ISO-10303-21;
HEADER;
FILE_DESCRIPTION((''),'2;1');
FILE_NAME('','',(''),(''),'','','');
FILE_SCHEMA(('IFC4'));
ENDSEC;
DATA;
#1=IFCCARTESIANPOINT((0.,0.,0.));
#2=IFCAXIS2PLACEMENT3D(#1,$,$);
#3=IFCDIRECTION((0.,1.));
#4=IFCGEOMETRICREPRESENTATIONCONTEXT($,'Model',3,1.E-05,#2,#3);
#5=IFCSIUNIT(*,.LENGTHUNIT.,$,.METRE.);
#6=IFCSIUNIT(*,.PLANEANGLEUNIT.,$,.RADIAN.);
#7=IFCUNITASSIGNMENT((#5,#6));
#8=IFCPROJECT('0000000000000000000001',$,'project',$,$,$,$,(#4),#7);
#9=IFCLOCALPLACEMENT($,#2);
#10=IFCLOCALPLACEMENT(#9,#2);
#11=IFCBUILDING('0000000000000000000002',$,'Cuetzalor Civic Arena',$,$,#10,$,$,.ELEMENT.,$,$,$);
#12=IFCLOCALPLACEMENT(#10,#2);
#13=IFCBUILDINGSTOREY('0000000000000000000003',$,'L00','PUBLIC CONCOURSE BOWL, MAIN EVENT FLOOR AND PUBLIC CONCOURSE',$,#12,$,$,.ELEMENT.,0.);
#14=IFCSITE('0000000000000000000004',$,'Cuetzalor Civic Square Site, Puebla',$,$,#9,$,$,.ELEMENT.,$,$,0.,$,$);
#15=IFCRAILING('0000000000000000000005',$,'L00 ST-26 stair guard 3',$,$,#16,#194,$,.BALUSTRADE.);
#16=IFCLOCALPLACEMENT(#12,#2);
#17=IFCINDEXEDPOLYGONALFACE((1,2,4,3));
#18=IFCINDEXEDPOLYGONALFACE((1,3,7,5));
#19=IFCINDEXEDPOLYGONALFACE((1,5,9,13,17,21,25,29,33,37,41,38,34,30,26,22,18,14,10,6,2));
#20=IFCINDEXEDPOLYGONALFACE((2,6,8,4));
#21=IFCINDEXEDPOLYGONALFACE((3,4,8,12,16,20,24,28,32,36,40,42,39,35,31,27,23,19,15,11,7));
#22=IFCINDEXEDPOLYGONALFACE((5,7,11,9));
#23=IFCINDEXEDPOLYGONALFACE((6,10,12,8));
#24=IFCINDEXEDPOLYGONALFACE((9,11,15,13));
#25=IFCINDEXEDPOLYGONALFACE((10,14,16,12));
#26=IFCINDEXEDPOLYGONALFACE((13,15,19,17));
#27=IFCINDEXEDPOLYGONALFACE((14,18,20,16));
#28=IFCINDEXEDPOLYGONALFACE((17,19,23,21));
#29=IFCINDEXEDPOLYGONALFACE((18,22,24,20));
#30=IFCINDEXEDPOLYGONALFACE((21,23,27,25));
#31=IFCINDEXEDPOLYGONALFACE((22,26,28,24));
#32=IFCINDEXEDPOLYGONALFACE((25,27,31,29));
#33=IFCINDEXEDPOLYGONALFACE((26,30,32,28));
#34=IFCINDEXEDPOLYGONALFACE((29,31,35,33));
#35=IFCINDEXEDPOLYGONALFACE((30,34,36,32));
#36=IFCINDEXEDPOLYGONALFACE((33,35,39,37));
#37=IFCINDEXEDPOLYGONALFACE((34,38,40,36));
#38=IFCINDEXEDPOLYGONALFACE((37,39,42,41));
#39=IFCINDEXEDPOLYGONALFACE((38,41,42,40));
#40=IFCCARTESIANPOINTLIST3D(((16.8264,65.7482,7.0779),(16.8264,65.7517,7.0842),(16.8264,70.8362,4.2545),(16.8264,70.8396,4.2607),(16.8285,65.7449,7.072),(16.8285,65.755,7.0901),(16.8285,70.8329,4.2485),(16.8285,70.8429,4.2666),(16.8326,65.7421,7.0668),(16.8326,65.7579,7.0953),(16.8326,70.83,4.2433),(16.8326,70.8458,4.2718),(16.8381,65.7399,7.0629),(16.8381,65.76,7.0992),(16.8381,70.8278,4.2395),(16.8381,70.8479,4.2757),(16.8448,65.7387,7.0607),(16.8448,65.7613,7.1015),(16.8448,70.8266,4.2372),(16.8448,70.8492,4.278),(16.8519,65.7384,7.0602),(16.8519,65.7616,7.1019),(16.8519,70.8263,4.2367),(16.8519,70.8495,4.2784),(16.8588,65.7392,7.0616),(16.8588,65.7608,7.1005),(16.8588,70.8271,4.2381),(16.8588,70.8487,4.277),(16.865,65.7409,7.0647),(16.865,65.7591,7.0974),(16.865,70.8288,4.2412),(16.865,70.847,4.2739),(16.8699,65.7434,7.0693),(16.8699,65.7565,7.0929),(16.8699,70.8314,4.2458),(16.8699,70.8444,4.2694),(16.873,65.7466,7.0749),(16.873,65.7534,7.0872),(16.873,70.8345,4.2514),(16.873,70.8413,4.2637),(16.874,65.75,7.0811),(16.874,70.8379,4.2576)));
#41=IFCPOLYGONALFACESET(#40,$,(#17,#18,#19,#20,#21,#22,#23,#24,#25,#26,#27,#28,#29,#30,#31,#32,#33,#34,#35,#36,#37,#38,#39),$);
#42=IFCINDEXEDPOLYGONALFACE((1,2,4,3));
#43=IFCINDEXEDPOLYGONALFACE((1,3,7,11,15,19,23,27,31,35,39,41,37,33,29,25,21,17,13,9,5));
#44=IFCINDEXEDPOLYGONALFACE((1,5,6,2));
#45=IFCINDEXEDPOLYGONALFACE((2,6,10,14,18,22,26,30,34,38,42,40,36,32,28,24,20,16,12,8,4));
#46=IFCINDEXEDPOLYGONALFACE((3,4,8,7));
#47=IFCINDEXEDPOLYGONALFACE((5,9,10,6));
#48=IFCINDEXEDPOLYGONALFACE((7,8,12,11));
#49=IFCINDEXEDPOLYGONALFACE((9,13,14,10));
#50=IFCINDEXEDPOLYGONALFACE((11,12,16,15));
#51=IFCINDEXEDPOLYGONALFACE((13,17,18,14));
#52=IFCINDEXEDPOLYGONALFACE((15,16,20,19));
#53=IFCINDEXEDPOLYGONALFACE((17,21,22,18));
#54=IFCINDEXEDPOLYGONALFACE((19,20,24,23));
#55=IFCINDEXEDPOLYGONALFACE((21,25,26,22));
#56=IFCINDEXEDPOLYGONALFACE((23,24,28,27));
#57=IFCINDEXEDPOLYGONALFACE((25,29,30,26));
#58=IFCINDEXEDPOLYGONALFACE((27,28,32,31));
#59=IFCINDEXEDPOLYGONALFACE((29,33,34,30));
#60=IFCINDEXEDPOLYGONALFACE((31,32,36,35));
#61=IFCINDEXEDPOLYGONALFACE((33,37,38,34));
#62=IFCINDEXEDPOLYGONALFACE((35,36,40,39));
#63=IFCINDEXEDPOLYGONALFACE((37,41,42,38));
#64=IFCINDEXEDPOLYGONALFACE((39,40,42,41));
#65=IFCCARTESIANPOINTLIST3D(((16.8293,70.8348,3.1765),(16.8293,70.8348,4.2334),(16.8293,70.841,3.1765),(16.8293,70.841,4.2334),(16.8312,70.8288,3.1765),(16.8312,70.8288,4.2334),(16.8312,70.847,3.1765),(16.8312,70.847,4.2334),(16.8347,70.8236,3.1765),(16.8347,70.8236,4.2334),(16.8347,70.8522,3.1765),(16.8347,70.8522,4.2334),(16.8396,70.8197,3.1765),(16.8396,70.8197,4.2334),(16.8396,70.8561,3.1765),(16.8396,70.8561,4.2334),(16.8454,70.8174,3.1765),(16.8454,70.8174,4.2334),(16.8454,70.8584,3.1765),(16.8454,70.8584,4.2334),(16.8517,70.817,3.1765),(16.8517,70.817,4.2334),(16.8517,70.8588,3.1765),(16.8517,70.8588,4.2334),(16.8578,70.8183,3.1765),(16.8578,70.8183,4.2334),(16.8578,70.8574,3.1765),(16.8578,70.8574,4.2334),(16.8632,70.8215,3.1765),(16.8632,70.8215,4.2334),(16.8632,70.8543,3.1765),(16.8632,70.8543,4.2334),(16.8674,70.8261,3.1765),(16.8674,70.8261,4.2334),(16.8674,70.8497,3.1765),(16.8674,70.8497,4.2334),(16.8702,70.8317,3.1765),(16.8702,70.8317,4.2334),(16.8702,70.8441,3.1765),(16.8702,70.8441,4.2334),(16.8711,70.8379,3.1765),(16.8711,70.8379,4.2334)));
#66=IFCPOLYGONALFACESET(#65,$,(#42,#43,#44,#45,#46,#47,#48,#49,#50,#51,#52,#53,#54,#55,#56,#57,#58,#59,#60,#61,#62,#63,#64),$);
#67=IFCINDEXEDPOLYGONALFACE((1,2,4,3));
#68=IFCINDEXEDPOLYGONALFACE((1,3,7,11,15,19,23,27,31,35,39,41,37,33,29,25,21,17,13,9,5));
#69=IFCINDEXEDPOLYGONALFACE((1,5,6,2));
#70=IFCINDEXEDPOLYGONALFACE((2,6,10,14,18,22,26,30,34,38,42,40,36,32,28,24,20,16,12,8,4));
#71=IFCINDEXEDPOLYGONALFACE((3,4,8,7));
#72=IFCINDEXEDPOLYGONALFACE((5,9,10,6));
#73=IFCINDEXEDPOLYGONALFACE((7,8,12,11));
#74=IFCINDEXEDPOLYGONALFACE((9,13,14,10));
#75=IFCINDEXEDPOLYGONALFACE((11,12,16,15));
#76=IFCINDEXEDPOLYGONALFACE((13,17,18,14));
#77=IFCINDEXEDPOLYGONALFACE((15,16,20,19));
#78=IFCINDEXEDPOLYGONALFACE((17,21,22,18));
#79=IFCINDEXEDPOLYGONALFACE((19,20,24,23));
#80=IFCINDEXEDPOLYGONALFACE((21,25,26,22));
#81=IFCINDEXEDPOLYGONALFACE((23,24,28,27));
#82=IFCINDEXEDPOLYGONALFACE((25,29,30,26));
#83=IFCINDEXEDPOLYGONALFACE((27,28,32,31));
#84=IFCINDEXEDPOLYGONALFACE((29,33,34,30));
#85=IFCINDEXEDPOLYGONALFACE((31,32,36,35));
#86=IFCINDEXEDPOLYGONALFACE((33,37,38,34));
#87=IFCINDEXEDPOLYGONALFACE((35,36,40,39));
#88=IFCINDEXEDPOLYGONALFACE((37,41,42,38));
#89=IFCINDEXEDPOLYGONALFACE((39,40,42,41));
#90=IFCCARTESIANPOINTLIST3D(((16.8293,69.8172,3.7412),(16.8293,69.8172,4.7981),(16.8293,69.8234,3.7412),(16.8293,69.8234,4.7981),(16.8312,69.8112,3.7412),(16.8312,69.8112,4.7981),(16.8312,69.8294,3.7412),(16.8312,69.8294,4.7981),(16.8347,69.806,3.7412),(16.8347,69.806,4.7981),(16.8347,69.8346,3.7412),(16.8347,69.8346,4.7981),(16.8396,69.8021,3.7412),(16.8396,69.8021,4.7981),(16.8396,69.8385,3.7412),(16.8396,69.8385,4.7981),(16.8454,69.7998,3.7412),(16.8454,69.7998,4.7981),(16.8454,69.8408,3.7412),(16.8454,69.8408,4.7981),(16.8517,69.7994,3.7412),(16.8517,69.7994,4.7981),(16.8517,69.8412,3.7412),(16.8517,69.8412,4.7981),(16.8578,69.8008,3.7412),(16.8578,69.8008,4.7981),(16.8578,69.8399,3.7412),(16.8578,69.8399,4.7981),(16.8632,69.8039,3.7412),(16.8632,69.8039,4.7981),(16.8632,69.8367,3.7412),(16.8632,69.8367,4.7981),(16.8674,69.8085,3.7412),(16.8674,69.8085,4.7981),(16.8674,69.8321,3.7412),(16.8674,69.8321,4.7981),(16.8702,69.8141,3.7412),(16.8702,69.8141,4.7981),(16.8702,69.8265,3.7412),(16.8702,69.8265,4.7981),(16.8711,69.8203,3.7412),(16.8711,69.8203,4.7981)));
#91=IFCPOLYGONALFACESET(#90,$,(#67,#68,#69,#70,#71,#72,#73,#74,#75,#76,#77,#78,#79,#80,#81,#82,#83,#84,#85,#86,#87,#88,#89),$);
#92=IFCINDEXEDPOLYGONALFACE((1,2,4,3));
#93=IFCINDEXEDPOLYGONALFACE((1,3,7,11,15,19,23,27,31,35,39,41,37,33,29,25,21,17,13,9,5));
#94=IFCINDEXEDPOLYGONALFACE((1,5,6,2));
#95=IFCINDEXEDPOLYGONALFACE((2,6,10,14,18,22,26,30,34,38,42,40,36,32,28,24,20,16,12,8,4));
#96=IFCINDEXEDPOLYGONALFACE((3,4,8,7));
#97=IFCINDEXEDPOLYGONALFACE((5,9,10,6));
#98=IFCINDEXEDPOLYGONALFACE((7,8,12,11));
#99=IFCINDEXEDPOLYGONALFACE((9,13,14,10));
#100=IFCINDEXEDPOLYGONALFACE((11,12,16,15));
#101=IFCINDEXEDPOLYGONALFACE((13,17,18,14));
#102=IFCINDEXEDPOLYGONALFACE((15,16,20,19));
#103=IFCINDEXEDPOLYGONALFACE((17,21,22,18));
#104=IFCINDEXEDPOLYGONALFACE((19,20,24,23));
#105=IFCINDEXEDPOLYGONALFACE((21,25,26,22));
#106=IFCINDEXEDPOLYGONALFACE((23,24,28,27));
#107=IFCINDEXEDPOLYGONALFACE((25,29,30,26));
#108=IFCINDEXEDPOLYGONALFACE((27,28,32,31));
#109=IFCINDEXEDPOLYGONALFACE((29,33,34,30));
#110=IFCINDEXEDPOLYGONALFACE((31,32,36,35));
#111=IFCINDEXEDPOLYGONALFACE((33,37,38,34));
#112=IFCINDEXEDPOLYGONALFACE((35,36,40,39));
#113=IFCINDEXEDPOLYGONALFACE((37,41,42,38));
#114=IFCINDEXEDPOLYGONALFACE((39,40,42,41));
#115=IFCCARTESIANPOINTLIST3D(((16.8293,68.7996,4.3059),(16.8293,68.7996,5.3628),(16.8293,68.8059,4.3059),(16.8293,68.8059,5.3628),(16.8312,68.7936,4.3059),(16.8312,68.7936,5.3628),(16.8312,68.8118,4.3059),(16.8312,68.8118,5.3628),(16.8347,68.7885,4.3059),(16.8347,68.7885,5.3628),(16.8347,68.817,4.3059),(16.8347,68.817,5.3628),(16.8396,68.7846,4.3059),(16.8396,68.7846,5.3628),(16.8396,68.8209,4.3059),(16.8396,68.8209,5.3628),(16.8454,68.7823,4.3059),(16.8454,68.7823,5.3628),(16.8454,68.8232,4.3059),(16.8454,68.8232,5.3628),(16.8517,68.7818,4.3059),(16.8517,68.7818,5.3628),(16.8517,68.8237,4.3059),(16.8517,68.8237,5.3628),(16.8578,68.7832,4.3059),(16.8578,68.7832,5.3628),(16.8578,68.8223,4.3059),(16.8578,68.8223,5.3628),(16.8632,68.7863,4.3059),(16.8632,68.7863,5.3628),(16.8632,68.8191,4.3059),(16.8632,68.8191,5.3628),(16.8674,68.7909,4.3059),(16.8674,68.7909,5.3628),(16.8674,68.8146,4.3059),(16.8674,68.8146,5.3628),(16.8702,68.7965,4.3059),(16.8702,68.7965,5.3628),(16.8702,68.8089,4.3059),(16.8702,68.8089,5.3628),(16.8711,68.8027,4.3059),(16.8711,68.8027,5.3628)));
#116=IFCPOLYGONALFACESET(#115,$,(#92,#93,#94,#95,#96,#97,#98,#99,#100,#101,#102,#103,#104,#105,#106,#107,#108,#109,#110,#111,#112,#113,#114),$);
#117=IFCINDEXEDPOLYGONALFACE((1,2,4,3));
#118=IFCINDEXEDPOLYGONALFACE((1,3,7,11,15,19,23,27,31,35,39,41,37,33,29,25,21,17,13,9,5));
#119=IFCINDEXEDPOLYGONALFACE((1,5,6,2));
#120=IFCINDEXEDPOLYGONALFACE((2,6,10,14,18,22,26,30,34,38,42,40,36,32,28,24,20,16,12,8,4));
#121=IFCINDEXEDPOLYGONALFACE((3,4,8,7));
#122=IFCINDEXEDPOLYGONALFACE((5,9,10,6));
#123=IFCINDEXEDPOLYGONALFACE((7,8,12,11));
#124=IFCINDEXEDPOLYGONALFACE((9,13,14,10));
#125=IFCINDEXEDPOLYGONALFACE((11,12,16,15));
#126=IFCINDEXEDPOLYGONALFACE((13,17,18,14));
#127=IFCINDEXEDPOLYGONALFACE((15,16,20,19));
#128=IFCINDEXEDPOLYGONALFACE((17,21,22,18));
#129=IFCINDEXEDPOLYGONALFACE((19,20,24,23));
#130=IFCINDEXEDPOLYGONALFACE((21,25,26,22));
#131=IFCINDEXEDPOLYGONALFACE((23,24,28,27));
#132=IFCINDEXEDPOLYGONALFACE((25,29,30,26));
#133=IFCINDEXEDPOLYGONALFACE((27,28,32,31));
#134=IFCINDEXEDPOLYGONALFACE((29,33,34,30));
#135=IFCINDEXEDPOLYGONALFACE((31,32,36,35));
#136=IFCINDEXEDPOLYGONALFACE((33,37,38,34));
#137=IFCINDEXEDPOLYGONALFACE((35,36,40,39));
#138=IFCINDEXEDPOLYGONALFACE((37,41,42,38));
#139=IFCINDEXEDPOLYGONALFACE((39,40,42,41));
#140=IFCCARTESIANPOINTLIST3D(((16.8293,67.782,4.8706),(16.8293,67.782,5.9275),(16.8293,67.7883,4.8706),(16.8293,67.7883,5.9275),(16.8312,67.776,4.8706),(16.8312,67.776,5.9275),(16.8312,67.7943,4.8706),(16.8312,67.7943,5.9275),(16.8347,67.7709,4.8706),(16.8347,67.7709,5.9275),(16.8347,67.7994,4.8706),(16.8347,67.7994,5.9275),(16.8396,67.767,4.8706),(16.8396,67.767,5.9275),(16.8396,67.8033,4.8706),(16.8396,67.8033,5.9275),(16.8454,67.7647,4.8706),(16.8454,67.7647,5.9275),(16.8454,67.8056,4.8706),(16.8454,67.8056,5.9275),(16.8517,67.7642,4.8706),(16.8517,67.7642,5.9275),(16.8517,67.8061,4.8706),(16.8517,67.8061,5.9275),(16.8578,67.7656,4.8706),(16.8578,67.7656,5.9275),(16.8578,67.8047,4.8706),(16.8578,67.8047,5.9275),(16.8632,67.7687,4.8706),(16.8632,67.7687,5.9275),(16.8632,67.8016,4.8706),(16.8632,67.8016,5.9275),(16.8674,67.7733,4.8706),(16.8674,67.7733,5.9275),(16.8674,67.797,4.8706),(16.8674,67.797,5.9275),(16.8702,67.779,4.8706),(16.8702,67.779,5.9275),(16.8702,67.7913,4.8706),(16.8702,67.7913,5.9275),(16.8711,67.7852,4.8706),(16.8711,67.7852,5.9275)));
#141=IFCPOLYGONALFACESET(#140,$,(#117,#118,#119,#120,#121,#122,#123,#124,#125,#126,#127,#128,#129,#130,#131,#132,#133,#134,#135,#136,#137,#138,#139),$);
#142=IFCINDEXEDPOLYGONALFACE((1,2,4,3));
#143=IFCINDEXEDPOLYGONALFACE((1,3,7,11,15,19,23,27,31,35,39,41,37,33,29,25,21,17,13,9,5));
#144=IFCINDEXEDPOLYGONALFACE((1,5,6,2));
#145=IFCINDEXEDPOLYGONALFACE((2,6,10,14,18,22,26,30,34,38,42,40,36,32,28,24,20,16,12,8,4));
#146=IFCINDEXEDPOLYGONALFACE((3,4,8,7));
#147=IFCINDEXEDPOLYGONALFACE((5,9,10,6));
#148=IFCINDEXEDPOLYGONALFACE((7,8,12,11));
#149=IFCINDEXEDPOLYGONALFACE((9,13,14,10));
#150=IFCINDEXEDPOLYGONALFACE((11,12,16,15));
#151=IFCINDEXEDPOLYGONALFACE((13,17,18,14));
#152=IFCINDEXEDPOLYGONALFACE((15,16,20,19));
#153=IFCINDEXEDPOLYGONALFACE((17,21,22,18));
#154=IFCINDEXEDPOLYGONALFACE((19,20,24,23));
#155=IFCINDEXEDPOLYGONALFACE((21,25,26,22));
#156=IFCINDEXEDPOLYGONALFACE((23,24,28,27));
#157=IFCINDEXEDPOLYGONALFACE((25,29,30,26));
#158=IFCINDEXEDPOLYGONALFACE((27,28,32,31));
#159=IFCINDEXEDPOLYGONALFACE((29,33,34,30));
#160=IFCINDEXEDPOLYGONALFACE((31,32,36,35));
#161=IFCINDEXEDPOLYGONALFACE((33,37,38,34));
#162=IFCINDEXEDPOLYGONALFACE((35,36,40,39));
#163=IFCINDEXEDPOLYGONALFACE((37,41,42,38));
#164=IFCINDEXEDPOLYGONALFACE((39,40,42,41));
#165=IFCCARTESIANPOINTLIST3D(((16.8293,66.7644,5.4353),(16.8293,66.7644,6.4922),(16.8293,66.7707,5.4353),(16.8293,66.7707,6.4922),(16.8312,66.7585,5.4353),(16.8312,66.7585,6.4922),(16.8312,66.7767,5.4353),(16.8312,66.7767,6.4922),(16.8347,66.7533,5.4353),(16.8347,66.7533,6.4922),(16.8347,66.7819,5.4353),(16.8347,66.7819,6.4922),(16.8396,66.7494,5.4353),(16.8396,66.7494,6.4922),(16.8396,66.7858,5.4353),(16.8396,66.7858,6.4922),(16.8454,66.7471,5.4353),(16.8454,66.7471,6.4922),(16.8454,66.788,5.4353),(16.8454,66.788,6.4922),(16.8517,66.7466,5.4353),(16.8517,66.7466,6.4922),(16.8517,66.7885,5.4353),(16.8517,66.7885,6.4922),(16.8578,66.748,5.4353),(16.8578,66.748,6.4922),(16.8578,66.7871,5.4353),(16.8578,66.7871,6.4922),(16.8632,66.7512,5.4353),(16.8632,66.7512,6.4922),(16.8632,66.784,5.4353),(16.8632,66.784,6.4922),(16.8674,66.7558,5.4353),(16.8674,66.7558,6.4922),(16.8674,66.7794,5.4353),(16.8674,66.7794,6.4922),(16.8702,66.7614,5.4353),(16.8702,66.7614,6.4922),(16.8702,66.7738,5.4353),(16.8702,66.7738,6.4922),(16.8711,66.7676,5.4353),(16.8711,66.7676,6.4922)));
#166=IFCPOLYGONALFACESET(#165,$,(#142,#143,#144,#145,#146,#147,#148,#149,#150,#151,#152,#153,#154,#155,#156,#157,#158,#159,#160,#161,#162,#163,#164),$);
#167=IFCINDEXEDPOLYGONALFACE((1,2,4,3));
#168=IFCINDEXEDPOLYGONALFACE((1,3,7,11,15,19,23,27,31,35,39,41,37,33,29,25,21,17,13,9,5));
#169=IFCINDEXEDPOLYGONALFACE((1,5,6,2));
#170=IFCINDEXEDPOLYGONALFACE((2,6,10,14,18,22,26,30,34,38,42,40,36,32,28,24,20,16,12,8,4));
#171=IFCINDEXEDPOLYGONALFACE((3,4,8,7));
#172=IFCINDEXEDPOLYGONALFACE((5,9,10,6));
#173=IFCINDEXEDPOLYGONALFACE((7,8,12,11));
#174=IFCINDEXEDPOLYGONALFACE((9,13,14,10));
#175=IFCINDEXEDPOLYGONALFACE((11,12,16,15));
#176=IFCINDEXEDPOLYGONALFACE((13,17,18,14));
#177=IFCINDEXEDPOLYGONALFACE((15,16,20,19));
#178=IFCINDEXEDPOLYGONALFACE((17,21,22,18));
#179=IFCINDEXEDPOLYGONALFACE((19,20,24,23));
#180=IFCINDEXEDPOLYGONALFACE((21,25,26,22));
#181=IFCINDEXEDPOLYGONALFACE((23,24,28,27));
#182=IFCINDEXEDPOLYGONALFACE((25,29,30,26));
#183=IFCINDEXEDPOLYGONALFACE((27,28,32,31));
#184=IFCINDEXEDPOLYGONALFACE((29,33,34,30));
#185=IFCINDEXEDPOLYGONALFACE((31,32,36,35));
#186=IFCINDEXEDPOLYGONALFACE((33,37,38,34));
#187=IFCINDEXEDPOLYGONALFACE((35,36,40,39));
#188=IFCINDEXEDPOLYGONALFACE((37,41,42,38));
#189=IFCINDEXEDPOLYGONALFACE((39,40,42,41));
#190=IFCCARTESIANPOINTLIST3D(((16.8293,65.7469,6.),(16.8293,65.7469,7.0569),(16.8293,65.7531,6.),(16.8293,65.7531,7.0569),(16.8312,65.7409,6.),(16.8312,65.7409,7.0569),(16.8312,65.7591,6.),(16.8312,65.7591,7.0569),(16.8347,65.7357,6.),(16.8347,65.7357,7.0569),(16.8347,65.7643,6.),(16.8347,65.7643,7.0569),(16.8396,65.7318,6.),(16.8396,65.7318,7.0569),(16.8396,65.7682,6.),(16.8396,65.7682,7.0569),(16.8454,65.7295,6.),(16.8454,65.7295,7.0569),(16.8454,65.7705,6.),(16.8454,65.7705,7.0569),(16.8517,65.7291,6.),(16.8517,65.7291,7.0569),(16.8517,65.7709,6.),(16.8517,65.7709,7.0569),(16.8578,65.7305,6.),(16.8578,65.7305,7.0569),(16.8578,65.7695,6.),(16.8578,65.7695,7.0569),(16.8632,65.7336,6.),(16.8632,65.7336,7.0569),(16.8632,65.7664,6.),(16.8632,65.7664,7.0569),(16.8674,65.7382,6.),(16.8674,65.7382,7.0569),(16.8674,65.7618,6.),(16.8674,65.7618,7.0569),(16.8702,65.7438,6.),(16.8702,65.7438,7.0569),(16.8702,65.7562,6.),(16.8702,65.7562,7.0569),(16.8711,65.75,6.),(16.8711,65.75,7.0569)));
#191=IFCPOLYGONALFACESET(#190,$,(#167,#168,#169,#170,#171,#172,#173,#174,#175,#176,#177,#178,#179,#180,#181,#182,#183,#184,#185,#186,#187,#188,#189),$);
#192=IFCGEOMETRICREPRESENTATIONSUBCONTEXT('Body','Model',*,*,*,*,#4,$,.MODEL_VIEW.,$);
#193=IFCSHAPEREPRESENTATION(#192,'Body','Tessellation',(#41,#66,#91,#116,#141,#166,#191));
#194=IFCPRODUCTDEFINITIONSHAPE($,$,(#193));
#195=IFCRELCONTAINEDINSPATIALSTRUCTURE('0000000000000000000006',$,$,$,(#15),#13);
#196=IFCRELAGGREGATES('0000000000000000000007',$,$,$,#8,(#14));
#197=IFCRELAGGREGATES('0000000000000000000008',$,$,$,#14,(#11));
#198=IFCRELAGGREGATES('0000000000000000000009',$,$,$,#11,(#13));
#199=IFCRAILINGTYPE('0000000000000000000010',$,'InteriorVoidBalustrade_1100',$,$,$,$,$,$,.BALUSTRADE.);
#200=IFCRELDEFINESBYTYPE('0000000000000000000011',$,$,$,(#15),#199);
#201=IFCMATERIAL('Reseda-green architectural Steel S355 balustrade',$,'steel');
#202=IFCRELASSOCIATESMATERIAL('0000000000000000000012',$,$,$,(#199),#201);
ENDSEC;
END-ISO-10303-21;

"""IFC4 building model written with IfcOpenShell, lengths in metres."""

from ifc_helpers import new_model, si_unit, direction, frame, origin, origin_2d, place, context, subcontext, project, spatial, circle, extrude, material, type_object, element, save


model = new_model("IFC4")

# Units and contexts
model_context = context("Model", 3, precision=1e-05, world=origin(), true_north=direction((0.0, 1.0)))
body_context = subcontext(model_context, "Body", "Model", "MODEL_VIEW")
ifc_project = project(units=[si_unit("LENGTHUNIT", "METRE"), si_unit("PLANEANGLEUNIT", "RADIAN")], contexts=[model_context])

# Site, building, storey
site_placement = place(None, origin())
site = spatial("IfcSite", under=ifc_project, at=site_placement, Name="Cuetzalor Civic Square Site, Puebla", CompositionType="ELEMENT", RefElevation=0.0)
building_placement = place(site_placement, origin())
building = spatial("IfcBuilding", under=site, at=building_placement, Name="Cuetzalor Civic Arena", CompositionType="ELEMENT")
storey_placement = place(building_placement, origin())
storey = spatial("IfcBuildingStorey", under=building, at=storey_placement, Name="L00", Description="PUBLIC CONCOURSE BOWL, MAIN EVENT FLOOR AND PUBLIC CONCOURSE", CompositionType="ELEMENT", Elevation=0.0)

# Railing
ifc_material_1 = material(Name="Reseda-green architectural Steel S355 balustrade", Category="steel")
railing_type_1 = type_object("IfcRailingType", Name="InteriorVoidBalustrade_1100", PredefinedType="BALUSTRADE", material=ifc_material_1)
railing_1_placement = place(storey_placement, frame((16.8501, 70.8379, 3.1765)))
element("IfcRailing", 1, at=railing_1_placement, inside=storey, type_object=railing_type_1, Name="L00 ST-26 stair guard 3", PredefinedType="BALUSTRADE", context=body_context, shape_type="SweptSolid", body=[
    extrude(circle(Radius=0.0239, at=origin_2d()), frame((0.0, 0.0, 1.0811), z_axis=(0.0, -0.874385, 0.485233), x_axis=(1.0, 0.0, 0.0)), (0.0, 0.0, 1.0), 5.8188),
    extrude(circle(Radius=0.021, at=origin_2d()), origin(), (0.0, 0.0, 1.0), 1.0569),
    extrude(circle(Radius=0.021, at=origin_2d()), frame((0.0, -1.0176, 0.5647)), (0.0, 0.0, 1.0), 1.0569),
    extrude(circle(Radius=0.021, at=origin_2d()), frame((0.0, -2.0352, 1.1294)), (0.0, 0.0, 1.0), 1.0569),
    extrude(circle(Radius=0.021, at=origin_2d()), frame((0.0, -3.0527, 1.6941)), (0.0, 0.0, 1.0), 1.0569),
    extrude(circle(Radius=0.021, at=origin_2d()), frame((0.0, -4.0703, 2.2588)), (0.0, 0.0, 1.0), 1.0569),
    extrude(circle(Radius=0.021, at=origin_2d()), frame((0.0, -5.0879, 2.8235)), (0.0, 0.0, 1.0), 1.0569),
])

save(model, "model.ifc")
